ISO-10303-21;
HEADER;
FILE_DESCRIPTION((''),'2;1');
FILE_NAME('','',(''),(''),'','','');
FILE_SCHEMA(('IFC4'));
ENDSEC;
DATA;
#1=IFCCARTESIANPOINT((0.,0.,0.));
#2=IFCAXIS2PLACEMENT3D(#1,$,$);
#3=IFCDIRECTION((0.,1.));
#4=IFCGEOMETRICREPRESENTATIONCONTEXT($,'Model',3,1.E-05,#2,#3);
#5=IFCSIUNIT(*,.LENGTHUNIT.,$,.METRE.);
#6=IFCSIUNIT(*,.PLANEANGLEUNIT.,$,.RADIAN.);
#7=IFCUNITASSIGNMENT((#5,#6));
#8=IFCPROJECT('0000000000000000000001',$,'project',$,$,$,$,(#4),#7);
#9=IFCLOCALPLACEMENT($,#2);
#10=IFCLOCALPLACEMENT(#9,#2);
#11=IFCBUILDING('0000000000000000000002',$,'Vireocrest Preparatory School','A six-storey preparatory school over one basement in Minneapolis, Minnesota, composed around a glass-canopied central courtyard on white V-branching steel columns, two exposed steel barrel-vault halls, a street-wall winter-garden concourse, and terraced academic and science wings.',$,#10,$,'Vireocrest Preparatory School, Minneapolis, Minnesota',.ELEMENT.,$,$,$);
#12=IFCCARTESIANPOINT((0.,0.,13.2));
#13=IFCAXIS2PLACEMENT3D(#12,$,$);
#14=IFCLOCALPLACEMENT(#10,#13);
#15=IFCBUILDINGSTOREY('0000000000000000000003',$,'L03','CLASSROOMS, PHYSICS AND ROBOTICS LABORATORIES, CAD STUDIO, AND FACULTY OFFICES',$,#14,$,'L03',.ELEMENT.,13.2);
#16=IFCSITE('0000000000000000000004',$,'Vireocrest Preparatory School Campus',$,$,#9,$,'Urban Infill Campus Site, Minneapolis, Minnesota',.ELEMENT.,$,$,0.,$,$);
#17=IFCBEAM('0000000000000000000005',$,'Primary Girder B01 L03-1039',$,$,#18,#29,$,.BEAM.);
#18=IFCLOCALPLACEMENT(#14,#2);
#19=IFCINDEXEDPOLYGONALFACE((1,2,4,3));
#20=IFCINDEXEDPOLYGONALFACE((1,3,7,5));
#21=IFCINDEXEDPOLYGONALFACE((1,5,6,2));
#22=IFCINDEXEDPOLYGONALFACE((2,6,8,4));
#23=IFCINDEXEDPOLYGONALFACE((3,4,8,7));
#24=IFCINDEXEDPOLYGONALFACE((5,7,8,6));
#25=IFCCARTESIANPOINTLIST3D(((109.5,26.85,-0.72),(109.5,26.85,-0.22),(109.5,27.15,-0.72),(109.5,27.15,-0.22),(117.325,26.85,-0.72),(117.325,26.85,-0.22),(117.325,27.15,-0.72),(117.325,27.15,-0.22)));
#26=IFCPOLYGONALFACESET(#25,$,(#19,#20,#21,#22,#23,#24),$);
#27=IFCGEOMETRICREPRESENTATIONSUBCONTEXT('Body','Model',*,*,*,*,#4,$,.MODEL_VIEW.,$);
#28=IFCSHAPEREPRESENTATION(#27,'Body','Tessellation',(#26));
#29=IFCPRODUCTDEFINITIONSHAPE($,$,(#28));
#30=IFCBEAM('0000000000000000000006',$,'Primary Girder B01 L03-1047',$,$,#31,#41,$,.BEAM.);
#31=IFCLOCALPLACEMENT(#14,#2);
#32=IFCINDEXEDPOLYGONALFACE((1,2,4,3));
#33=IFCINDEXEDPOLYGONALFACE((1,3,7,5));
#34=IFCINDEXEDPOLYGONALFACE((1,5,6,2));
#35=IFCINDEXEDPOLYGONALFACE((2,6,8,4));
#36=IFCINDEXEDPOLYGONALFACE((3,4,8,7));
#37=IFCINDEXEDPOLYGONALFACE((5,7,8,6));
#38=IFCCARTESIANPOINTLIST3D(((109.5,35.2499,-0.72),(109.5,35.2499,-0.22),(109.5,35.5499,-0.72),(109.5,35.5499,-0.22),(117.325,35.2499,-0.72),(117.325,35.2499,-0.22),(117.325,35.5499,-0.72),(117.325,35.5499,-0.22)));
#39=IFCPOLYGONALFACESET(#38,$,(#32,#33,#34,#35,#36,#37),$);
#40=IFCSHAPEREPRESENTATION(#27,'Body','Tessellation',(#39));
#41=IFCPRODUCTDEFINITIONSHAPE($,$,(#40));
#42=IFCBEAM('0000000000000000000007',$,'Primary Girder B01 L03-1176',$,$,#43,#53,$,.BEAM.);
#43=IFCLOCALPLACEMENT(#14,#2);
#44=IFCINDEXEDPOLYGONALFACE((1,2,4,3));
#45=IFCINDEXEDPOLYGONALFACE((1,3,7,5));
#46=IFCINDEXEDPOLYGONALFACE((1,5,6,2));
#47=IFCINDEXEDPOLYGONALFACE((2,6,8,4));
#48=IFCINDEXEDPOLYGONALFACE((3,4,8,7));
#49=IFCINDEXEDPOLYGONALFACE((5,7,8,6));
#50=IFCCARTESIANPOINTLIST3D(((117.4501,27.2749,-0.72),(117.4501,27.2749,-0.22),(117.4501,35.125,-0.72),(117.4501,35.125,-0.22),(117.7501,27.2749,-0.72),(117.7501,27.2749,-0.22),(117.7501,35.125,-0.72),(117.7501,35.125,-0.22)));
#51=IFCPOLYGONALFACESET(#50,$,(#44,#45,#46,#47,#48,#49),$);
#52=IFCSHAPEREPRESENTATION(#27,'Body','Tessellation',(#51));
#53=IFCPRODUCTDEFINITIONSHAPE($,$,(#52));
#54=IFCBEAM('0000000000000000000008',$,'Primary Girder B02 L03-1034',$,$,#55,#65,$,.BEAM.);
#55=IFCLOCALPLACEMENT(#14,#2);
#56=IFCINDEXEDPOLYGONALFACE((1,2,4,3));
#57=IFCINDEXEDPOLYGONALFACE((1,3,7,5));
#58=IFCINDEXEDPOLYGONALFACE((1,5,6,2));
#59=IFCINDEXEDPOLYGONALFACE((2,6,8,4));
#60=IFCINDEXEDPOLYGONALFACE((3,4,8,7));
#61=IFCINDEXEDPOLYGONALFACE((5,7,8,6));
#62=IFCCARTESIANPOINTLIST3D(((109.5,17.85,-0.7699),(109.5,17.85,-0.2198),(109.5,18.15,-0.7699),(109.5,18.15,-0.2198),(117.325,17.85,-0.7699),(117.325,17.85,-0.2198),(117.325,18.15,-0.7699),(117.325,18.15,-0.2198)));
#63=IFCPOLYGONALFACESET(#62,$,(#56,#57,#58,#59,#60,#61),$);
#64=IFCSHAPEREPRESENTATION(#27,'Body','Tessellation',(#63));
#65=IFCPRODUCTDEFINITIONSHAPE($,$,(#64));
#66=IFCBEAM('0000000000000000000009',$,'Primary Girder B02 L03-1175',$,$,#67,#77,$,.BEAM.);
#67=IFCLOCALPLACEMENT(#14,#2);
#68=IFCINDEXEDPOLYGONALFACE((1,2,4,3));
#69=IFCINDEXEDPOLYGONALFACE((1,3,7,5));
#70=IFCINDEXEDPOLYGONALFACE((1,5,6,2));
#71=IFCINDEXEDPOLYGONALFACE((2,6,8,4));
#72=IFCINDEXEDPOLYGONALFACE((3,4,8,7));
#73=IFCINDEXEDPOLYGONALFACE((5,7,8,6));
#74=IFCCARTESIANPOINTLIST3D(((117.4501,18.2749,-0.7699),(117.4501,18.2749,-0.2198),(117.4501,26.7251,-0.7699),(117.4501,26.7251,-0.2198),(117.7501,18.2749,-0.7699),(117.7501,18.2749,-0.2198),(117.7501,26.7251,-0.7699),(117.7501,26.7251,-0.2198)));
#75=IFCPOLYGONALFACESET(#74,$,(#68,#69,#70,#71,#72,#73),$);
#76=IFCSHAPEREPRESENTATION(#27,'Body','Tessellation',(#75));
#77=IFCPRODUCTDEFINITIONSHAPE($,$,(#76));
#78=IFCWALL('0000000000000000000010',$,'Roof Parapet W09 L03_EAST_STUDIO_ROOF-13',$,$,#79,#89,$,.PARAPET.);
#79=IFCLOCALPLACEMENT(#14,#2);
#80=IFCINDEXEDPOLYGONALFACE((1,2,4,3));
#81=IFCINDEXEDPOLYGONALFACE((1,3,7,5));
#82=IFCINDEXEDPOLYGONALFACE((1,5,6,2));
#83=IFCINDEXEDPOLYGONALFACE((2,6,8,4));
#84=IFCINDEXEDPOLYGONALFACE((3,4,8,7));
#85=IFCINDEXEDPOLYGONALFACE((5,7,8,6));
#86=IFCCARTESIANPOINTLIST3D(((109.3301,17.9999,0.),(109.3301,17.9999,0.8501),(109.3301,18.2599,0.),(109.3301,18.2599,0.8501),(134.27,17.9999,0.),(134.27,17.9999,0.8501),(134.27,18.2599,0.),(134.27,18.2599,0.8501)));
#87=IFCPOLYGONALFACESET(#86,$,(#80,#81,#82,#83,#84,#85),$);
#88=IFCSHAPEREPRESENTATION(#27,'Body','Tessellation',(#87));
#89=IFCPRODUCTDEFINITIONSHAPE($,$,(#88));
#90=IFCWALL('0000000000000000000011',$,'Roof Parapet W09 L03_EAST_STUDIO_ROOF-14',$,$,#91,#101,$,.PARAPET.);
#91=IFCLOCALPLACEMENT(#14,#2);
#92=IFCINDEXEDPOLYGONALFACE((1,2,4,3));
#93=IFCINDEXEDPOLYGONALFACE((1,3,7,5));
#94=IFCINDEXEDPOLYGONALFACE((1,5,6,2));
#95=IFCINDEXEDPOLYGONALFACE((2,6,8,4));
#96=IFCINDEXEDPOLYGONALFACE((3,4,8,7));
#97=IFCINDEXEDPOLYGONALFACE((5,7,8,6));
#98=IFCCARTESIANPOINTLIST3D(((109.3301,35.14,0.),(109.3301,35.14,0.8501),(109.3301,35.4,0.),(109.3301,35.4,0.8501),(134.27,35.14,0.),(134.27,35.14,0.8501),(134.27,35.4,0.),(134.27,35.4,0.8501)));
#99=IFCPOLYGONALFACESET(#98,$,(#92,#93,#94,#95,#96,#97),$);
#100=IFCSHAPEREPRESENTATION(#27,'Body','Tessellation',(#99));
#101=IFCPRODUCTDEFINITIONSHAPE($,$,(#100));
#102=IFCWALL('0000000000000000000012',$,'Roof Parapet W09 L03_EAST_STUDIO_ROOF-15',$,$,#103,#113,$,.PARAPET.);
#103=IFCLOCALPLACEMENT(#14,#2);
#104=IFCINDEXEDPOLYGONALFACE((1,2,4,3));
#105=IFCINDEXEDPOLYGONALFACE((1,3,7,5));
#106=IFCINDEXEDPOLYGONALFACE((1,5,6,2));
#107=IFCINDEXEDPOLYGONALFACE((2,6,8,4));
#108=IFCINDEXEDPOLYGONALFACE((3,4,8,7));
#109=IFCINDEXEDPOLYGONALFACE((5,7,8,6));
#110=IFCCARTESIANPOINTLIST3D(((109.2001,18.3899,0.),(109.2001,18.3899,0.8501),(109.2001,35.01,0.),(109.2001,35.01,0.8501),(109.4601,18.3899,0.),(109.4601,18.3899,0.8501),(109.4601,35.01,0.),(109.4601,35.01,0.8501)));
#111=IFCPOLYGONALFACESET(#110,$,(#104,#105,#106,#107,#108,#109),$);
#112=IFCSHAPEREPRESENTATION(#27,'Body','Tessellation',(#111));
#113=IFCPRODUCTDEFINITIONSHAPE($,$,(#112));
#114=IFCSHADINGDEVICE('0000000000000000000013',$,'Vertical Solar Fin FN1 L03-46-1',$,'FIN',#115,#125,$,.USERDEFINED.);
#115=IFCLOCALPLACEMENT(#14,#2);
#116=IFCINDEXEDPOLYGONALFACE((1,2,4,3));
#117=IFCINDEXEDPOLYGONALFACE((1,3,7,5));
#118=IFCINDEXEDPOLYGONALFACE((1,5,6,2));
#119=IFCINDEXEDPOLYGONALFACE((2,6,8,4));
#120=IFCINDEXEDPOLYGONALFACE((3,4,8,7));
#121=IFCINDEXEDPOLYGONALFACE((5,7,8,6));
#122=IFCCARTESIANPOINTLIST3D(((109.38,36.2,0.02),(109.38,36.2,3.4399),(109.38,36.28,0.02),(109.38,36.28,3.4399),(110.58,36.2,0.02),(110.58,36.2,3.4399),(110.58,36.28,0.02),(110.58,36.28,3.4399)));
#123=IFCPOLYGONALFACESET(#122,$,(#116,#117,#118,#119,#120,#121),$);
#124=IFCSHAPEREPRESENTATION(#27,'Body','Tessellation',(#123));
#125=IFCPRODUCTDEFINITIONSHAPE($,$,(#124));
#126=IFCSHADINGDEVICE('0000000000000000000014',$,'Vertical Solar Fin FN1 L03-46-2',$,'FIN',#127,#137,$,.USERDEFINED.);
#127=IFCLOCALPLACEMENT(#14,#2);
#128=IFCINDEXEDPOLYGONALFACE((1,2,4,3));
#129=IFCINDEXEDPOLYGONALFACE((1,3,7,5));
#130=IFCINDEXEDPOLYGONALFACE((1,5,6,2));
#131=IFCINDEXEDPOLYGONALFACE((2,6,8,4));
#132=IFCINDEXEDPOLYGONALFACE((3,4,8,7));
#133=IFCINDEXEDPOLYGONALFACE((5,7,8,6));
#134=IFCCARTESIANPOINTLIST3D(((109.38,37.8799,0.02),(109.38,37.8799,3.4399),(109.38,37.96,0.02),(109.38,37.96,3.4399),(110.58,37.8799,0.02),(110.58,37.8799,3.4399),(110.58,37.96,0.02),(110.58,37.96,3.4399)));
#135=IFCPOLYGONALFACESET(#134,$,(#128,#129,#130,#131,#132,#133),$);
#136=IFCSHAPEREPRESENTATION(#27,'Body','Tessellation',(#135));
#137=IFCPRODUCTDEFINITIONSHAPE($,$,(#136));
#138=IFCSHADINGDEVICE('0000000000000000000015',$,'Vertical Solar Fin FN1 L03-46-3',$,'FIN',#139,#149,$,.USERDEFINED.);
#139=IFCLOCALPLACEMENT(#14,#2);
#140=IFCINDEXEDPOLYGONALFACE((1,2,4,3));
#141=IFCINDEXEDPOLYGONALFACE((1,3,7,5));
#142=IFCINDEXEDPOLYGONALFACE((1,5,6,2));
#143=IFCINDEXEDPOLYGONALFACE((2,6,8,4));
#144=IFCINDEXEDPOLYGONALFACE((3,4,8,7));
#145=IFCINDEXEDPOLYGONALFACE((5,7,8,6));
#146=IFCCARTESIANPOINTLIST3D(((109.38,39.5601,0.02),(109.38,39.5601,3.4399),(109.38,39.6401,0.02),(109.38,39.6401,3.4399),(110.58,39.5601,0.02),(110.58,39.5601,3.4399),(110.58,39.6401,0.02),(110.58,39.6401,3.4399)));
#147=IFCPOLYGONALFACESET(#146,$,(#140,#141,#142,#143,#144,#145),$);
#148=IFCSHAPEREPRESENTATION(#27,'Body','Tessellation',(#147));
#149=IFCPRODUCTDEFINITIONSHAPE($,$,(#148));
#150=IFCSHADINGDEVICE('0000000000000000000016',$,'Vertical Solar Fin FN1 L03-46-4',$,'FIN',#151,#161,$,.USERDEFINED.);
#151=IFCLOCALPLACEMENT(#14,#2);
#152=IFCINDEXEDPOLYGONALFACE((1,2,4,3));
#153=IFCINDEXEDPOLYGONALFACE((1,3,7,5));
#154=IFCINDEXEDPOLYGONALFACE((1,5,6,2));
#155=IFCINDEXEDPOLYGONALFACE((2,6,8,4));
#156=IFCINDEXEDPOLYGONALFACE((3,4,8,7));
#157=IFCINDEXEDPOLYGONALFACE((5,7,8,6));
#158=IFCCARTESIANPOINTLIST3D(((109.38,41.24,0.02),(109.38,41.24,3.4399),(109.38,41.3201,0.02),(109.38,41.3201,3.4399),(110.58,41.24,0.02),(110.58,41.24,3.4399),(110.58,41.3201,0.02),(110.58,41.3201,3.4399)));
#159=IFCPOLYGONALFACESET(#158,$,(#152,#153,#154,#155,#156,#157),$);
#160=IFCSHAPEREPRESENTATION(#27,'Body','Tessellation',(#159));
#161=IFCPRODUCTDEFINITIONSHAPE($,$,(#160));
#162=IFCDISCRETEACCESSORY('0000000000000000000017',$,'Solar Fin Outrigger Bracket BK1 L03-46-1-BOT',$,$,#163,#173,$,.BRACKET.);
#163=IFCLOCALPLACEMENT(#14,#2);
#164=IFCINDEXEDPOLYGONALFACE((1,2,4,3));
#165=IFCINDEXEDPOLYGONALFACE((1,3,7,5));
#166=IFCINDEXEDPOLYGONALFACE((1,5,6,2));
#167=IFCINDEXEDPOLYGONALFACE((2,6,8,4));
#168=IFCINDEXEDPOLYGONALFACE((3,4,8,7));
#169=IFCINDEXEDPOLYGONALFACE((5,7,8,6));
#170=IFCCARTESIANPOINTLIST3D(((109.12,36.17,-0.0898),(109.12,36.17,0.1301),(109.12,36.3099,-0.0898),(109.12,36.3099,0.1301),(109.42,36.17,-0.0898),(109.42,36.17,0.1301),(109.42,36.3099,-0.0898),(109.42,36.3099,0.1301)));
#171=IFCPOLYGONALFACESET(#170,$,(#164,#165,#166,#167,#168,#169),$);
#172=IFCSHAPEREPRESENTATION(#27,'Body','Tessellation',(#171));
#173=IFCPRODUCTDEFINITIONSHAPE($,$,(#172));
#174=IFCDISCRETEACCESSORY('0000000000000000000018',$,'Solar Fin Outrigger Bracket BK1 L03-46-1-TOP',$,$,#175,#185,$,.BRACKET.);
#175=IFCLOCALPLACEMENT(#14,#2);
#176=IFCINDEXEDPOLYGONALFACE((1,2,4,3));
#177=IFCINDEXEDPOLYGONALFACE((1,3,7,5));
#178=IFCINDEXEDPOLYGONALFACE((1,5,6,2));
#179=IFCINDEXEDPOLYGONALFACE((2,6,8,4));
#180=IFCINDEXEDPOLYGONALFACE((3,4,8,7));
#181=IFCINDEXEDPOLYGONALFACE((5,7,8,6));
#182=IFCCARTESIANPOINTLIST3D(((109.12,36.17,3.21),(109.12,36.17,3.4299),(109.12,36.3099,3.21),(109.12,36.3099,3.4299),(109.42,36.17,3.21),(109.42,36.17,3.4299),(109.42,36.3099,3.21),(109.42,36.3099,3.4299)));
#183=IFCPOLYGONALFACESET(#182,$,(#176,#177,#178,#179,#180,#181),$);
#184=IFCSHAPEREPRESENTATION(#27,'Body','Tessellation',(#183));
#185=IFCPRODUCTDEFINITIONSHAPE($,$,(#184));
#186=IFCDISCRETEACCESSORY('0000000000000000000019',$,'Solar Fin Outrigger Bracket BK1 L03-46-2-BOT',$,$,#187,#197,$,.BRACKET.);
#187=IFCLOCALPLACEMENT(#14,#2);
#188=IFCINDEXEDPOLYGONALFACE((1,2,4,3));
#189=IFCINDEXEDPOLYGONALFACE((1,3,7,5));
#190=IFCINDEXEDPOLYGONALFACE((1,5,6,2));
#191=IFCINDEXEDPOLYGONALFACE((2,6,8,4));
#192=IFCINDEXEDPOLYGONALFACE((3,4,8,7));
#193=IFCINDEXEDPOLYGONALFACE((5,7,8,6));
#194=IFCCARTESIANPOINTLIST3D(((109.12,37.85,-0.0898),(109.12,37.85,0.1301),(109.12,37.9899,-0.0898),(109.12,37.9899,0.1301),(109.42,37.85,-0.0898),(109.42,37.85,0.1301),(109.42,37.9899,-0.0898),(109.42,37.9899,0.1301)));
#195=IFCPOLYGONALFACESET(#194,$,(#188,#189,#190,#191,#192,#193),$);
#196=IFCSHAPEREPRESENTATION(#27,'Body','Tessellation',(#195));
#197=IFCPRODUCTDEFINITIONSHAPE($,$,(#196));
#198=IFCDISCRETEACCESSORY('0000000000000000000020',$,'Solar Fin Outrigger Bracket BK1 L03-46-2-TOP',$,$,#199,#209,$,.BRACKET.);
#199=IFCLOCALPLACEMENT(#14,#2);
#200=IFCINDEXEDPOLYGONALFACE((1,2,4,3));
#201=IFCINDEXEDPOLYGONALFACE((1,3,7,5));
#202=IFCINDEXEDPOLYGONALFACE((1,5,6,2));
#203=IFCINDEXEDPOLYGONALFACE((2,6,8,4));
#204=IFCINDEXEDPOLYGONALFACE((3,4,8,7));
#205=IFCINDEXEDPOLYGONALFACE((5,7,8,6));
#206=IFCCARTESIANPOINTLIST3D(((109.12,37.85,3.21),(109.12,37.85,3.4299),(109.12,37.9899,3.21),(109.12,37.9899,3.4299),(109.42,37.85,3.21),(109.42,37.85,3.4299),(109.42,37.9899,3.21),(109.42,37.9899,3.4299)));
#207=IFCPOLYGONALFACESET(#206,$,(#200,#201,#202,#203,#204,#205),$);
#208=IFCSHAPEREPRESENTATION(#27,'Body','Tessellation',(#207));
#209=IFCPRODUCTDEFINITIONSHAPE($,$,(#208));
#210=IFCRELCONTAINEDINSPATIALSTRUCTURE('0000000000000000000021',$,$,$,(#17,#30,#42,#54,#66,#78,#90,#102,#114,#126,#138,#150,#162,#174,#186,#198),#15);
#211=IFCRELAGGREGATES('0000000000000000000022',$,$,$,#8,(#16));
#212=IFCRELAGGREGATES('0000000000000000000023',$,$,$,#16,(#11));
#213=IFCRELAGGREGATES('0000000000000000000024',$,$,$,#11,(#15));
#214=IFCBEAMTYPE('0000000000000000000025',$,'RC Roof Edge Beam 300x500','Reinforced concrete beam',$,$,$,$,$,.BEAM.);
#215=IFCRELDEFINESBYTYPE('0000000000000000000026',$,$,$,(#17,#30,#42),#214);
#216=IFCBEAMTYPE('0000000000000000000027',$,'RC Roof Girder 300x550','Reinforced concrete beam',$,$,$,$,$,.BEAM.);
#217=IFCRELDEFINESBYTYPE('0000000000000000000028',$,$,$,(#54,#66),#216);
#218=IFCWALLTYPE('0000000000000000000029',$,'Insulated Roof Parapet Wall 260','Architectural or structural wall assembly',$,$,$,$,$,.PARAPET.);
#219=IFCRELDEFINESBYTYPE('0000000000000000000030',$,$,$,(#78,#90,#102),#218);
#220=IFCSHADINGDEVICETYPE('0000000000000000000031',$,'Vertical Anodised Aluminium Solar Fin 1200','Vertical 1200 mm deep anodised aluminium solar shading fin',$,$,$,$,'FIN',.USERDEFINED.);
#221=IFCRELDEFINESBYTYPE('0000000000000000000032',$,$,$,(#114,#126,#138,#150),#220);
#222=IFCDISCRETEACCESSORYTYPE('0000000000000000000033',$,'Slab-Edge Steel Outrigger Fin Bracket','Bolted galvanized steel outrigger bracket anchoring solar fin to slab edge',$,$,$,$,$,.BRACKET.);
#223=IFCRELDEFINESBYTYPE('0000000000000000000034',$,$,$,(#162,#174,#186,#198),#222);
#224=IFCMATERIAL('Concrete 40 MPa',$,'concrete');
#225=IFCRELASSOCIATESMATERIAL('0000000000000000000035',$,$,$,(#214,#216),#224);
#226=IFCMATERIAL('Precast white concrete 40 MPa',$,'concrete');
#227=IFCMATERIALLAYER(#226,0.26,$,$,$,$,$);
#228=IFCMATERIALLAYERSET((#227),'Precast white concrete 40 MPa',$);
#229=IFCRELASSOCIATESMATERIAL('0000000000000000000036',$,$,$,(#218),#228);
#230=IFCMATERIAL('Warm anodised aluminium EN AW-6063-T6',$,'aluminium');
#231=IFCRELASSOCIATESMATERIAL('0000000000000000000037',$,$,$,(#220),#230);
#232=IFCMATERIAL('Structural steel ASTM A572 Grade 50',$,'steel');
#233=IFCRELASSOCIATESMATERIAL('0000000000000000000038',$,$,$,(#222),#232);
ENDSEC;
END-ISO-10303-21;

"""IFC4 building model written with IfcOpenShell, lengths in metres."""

from ifc_helpers import new_model, si_unit, direction, frame, frame_2d, origin, origin_2d, place, context, subcontext, project, spatial, rectangle, extrude, material, layer, layer_set, material_profile, profile_set, type_object, element, save


model = new_model("IFC4")

# Units and contexts
model_context = context("Model", 3, precision=1e-05, world=origin(), true_north=direction((0.0, 1.0)))
body_context = subcontext(model_context, "Body", "Model", "MODEL_VIEW")
ifc_project = project(units=[si_unit("LENGTHUNIT", "METRE"), si_unit("PLANEANGLEUNIT", "RADIAN")], contexts=[model_context])

# Site, building, storey
site_placement = place(None, origin())
site = spatial("IfcSite", under=ifc_project, at=site_placement, Name="Vireocrest Preparatory School Campus", LongName="Urban Infill Campus Site, Minneapolis, Minnesota", CompositionType="ELEMENT", RefElevation=0.0)
building_placement = place(site_placement, origin())
building = spatial("IfcBuilding", under=site, at=building_placement, Name="Vireocrest Preparatory School", Description="A six-storey preparatory school over one basement in Minneapolis, Minnesota, composed around a glass-canopied central courtyard on white V-branching steel columns, two exposed steel barrel-vault halls, a street-wall winter-garden concourse, and terraced academic and science wings.", LongName="Vireocrest Preparatory School, Minneapolis, Minnesota", CompositionType="ELEMENT")
storey_placement = place(building_placement, frame((0.0, 0.0, 13.2)))
storey = spatial("IfcBuildingStorey", under=building, at=storey_placement, Name="L03", Description="CLASSROOMS, PHYSICS AND ROBOTICS LABORATORIES, CAD STUDIO, AND FACULTY OFFICES", LongName="L03", CompositionType="ELEMENT", Elevation=13.2)

# Beams
ifc_material_1 = material(Name="Concrete 40 MPa", Category="concrete")
ifc_material_profile_1 = material_profile(ifc_material_1, rectangle(XDim=0.3, YDim=0.5, at=origin_2d()), Name="RC 300x500")
ifc_profile_set_1 = profile_set([ifc_material_profile_1], Name="Concrete 40 MPa")
beam_type_1 = type_object("IfcBeamType", Name="RC Roof Edge Beam 300x500", Description="Reinforced concrete beam", PredefinedType="BEAM", material=ifc_profile_set_1)
for number, where, z_axis, x_axis, name in (
    (1, (109.5, 27.0, -0.47), (1.0, 0.0, 0.0), (0.0, 1.0, 0.0), "Primary Girder B01 L03-1039"),
    (2, (109.5, 35.3999, -0.47), (1.0, 0.0, 0.0), (0.0, 1.0, 0.0), "Primary Girder B01 L03-1047"),
):
    element("IfcBeam", number, at=place(storey_placement, frame(where, z_axis=z_axis, x_axis=x_axis)), inside=storey, type_object=beam_type_1, Name=name, PredefinedType="BEAM", context=body_context, shape_type="SweptSolid", body=[
        extrude(rectangle(XDim=0.3, YDim=0.5, at=origin_2d()), origin(), (0.0, 0.0, 1.0), 7.825),
    ])
beam_1_placement = place(storey_placement, frame((117.6001, 27.2749, -0.47), z_axis=(0.0, 1.0, 0.0), x_axis=(-1.0, 0.0, 0.0)))
element("IfcBeam", 3, at=beam_1_placement, inside=storey, type_object=beam_type_1, Name="Primary Girder B01 L03-1176", PredefinedType="BEAM", context=body_context, shape_type="SweptSolid", body=[
    extrude(rectangle(XDim=0.3, YDim=0.5, at=origin_2d()), origin(), (0.0, 0.0, 1.0), 7.8501),
])
ifc_material_profile_2 = material_profile(ifc_material_1, rectangle(XDim=0.3, YDim=0.55, at=origin_2d()), Name="RC 300x550")
ifc_profile_set_2 = profile_set([ifc_material_profile_2], Name="Concrete 40 MPa")
beam_type_2 = type_object("IfcBeamType", Name="RC Roof Girder 300x550", Description="Reinforced concrete beam", PredefinedType="BEAM", material=ifc_profile_set_2)
beam_2_placement = place(storey_placement, frame((109.5, 18.0, -0.4949), z_axis=(1.0, 0.0, 0.0), x_axis=(0.0, 1.0, 0.0)))
element("IfcBeam", 4, at=beam_2_placement, inside=storey, type_object=beam_type_2, Name="Primary Girder B02 L03-1034", PredefinedType="BEAM", context=body_context, shape_type="SweptSolid", body=[
    extrude(rectangle(XDim=0.3, YDim=0.55, at=origin_2d()), origin(), (0.0, 0.0, 1.0), 7.825),
])
beam_3_placement = place(storey_placement, frame((117.6001, 18.2749, -0.4949), z_axis=(0.0, 1.0, 0.0), x_axis=(-1.0, 0.0, 0.0)))
element("IfcBeam", 5, at=beam_3_placement, inside=storey, type_object=beam_type_2, Name="Primary Girder B02 L03-1175", PredefinedType="BEAM", context=body_context, shape_type="SweptSolid", body=[
    extrude(rectangle(XDim=0.3, YDim=0.55, at=origin_2d()), origin(), (0.0, 0.0, 1.0), 8.4502),
])

# Walls
ifc_material_2 = material(Name="Precast white concrete 40 MPa", Category="concrete")
ifc_layer = layer(ifc_material_2, 0.26)
ifc_layer_set = layer_set([ifc_layer], Name="Precast white concrete 40 MPa")
wall_type = type_object("IfcWallType", Name="Insulated Roof Parapet Wall 260", Description="Architectural or structural wall assembly", PredefinedType="PARAPET", material=ifc_layer_set)
for number, where, z_axis, x_axis, name in (
    (6, (109.3301, 18.1299, 0.0), (0.0, 0.0, 1.0), (1.0, 0.0, 0.0), "Roof Parapet W09 L03_EAST_STUDIO_ROOF-13"),
    (7, (109.3301, 35.27, 0.0), (0.0, 0.0, 1.0), (1.0, 0.0, 0.0), "Roof Parapet W09 L03_EAST_STUDIO_ROOF-14"),
):
    element("IfcWall", number, at=place(storey_placement, frame(where, z_axis=z_axis, x_axis=x_axis)), inside=storey, type_object=wall_type, Name=name, PredefinedType="PARAPET", context=body_context, shape_type="SweptSolid", body=[
        extrude(rectangle(XDim=24.9399, YDim=0.26, at=frame_2d((12.47, 0.0))), origin(), (0.0, 0.0, 1.0), 0.8501),
    ])
wall_placement = place(storey_placement, frame((109.3301, 18.3899, 0.0), z_axis=(0.0, 0.0, 1.0), x_axis=(0.0, 1.0, 0.0)))
element("IfcWall", 8, at=wall_placement, inside=storey, type_object=wall_type, Name="Roof Parapet W09 L03_EAST_STUDIO_ROOF-15", PredefinedType="PARAPET", context=body_context, shape_type="SweptSolid", body=[
    extrude(rectangle(XDim=16.6201, YDim=0.26, at=frame_2d((8.3101, 0.0))), origin(), (0.0, 0.0, 1.0), 0.8501),
])

# Shading devices
ifc_material_3 = material(Name="Warm anodised aluminium EN AW-6063-T6", Category="aluminium")
ifc_material_profile_3 = material_profile(ifc_material_3, rectangle(XDim=0.0801, YDim=1.2, at=origin_2d()), Name="FIN 80x1200")
ifc_profile_set_3 = profile_set([ifc_material_profile_3], Name="Warm anodised aluminium EN AW-6063-T6")
shading_device_type = type_object("IfcShadingDeviceType", Name="Vertical Anodised Aluminium Solar Fin 1200", Description="Vertical 1200 mm deep anodised aluminium solar shading fin", ElementType="FIN", PredefinedType="USERDEFINED", material=ifc_profile_set_3)
for number, where, z_axis, x_axis, name in (
    (9, (109.98, 36.24, 0.02), (0.0, 0.0, 1.0), (0.0, -1.0, 0.0), "Vertical Solar Fin FN1 L03-46-1"),
    (10, (109.98, 37.9199, 0.02), (0.0, 0.0, 1.0), (0.0, -1.0, 0.0), "Vertical Solar Fin FN1 L03-46-2"),
    (11, (109.98, 39.6001, 0.02), (0.0, 0.0, 1.0), (0.0, -1.0, 0.0), "Vertical Solar Fin FN1 L03-46-3"),
    (12, (109.98, 41.28, 0.02), (0.0, 0.0, 1.0), (0.0, -1.0, 0.0), "Vertical Solar Fin FN1 L03-46-4"),
):
    element("IfcShadingDevice", number, at=place(storey_placement, frame(where, z_axis=z_axis, x_axis=x_axis)), inside=storey, type_object=shading_device_type, Name=name, ObjectType="FIN", PredefinedType="USERDEFINED", context=body_context, shape_type="SweptSolid", body=[
        extrude(rectangle(XDim=0.0801, YDim=1.2, at=origin_2d()), origin(), (0.0, 0.0, 1.0), 3.4199),
    ])

# Discrete accessories
ifc_material_4 = material(Name="Structural steel ASTM A572 Grade 50", Category="steel")
discrete_accessory_type = type_object("IfcDiscreteAccessoryType", Name="Slab-Edge Steel Outrigger Fin Bracket", Description="Bolted galvanized steel outrigger bracket anchoring solar fin to slab edge", PredefinedType="BRACKET", material=ifc_material_4)
for number, where, z_axis, x_axis, name in (
    (13, (109.27, 36.24, -0.0898), (0.0, 0.0, 1.0), (0.0, -1.0, 0.0), "Solar Fin Outrigger Bracket BK1 L03-46-1-BOT"),
    (14, (109.27, 36.24, 3.21), (0.0, 0.0, 1.0), (0.0, -1.0, 0.0), "Solar Fin Outrigger Bracket BK1 L03-46-1-TOP"),
    (15, (109.27, 37.9199, -0.0898), (0.0, 0.0, 1.0), (0.0, -1.0, 0.0), "Solar Fin Outrigger Bracket BK1 L03-46-2-BOT"),
    (16, (109.27, 37.9199, 3.21), (0.0, 0.0, 1.0), (0.0, -1.0, 0.0), "Solar Fin Outrigger Bracket BK1 L03-46-2-TOP"),
):
    element("IfcDiscreteAccessory", number, at=place(storey_placement, frame(where, z_axis=z_axis, x_axis=x_axis)), inside=storey, type_object=discrete_accessory_type, Name=name, PredefinedType="BRACKET", context=body_context, shape_type="SweptSolid", body=[
        extrude(rectangle(XDim=0.1399, YDim=0.3, at=origin_2d()), origin(), (0.0, 0.0, 1.0), 0.22),
    ])

save(model, "model.ifc")
